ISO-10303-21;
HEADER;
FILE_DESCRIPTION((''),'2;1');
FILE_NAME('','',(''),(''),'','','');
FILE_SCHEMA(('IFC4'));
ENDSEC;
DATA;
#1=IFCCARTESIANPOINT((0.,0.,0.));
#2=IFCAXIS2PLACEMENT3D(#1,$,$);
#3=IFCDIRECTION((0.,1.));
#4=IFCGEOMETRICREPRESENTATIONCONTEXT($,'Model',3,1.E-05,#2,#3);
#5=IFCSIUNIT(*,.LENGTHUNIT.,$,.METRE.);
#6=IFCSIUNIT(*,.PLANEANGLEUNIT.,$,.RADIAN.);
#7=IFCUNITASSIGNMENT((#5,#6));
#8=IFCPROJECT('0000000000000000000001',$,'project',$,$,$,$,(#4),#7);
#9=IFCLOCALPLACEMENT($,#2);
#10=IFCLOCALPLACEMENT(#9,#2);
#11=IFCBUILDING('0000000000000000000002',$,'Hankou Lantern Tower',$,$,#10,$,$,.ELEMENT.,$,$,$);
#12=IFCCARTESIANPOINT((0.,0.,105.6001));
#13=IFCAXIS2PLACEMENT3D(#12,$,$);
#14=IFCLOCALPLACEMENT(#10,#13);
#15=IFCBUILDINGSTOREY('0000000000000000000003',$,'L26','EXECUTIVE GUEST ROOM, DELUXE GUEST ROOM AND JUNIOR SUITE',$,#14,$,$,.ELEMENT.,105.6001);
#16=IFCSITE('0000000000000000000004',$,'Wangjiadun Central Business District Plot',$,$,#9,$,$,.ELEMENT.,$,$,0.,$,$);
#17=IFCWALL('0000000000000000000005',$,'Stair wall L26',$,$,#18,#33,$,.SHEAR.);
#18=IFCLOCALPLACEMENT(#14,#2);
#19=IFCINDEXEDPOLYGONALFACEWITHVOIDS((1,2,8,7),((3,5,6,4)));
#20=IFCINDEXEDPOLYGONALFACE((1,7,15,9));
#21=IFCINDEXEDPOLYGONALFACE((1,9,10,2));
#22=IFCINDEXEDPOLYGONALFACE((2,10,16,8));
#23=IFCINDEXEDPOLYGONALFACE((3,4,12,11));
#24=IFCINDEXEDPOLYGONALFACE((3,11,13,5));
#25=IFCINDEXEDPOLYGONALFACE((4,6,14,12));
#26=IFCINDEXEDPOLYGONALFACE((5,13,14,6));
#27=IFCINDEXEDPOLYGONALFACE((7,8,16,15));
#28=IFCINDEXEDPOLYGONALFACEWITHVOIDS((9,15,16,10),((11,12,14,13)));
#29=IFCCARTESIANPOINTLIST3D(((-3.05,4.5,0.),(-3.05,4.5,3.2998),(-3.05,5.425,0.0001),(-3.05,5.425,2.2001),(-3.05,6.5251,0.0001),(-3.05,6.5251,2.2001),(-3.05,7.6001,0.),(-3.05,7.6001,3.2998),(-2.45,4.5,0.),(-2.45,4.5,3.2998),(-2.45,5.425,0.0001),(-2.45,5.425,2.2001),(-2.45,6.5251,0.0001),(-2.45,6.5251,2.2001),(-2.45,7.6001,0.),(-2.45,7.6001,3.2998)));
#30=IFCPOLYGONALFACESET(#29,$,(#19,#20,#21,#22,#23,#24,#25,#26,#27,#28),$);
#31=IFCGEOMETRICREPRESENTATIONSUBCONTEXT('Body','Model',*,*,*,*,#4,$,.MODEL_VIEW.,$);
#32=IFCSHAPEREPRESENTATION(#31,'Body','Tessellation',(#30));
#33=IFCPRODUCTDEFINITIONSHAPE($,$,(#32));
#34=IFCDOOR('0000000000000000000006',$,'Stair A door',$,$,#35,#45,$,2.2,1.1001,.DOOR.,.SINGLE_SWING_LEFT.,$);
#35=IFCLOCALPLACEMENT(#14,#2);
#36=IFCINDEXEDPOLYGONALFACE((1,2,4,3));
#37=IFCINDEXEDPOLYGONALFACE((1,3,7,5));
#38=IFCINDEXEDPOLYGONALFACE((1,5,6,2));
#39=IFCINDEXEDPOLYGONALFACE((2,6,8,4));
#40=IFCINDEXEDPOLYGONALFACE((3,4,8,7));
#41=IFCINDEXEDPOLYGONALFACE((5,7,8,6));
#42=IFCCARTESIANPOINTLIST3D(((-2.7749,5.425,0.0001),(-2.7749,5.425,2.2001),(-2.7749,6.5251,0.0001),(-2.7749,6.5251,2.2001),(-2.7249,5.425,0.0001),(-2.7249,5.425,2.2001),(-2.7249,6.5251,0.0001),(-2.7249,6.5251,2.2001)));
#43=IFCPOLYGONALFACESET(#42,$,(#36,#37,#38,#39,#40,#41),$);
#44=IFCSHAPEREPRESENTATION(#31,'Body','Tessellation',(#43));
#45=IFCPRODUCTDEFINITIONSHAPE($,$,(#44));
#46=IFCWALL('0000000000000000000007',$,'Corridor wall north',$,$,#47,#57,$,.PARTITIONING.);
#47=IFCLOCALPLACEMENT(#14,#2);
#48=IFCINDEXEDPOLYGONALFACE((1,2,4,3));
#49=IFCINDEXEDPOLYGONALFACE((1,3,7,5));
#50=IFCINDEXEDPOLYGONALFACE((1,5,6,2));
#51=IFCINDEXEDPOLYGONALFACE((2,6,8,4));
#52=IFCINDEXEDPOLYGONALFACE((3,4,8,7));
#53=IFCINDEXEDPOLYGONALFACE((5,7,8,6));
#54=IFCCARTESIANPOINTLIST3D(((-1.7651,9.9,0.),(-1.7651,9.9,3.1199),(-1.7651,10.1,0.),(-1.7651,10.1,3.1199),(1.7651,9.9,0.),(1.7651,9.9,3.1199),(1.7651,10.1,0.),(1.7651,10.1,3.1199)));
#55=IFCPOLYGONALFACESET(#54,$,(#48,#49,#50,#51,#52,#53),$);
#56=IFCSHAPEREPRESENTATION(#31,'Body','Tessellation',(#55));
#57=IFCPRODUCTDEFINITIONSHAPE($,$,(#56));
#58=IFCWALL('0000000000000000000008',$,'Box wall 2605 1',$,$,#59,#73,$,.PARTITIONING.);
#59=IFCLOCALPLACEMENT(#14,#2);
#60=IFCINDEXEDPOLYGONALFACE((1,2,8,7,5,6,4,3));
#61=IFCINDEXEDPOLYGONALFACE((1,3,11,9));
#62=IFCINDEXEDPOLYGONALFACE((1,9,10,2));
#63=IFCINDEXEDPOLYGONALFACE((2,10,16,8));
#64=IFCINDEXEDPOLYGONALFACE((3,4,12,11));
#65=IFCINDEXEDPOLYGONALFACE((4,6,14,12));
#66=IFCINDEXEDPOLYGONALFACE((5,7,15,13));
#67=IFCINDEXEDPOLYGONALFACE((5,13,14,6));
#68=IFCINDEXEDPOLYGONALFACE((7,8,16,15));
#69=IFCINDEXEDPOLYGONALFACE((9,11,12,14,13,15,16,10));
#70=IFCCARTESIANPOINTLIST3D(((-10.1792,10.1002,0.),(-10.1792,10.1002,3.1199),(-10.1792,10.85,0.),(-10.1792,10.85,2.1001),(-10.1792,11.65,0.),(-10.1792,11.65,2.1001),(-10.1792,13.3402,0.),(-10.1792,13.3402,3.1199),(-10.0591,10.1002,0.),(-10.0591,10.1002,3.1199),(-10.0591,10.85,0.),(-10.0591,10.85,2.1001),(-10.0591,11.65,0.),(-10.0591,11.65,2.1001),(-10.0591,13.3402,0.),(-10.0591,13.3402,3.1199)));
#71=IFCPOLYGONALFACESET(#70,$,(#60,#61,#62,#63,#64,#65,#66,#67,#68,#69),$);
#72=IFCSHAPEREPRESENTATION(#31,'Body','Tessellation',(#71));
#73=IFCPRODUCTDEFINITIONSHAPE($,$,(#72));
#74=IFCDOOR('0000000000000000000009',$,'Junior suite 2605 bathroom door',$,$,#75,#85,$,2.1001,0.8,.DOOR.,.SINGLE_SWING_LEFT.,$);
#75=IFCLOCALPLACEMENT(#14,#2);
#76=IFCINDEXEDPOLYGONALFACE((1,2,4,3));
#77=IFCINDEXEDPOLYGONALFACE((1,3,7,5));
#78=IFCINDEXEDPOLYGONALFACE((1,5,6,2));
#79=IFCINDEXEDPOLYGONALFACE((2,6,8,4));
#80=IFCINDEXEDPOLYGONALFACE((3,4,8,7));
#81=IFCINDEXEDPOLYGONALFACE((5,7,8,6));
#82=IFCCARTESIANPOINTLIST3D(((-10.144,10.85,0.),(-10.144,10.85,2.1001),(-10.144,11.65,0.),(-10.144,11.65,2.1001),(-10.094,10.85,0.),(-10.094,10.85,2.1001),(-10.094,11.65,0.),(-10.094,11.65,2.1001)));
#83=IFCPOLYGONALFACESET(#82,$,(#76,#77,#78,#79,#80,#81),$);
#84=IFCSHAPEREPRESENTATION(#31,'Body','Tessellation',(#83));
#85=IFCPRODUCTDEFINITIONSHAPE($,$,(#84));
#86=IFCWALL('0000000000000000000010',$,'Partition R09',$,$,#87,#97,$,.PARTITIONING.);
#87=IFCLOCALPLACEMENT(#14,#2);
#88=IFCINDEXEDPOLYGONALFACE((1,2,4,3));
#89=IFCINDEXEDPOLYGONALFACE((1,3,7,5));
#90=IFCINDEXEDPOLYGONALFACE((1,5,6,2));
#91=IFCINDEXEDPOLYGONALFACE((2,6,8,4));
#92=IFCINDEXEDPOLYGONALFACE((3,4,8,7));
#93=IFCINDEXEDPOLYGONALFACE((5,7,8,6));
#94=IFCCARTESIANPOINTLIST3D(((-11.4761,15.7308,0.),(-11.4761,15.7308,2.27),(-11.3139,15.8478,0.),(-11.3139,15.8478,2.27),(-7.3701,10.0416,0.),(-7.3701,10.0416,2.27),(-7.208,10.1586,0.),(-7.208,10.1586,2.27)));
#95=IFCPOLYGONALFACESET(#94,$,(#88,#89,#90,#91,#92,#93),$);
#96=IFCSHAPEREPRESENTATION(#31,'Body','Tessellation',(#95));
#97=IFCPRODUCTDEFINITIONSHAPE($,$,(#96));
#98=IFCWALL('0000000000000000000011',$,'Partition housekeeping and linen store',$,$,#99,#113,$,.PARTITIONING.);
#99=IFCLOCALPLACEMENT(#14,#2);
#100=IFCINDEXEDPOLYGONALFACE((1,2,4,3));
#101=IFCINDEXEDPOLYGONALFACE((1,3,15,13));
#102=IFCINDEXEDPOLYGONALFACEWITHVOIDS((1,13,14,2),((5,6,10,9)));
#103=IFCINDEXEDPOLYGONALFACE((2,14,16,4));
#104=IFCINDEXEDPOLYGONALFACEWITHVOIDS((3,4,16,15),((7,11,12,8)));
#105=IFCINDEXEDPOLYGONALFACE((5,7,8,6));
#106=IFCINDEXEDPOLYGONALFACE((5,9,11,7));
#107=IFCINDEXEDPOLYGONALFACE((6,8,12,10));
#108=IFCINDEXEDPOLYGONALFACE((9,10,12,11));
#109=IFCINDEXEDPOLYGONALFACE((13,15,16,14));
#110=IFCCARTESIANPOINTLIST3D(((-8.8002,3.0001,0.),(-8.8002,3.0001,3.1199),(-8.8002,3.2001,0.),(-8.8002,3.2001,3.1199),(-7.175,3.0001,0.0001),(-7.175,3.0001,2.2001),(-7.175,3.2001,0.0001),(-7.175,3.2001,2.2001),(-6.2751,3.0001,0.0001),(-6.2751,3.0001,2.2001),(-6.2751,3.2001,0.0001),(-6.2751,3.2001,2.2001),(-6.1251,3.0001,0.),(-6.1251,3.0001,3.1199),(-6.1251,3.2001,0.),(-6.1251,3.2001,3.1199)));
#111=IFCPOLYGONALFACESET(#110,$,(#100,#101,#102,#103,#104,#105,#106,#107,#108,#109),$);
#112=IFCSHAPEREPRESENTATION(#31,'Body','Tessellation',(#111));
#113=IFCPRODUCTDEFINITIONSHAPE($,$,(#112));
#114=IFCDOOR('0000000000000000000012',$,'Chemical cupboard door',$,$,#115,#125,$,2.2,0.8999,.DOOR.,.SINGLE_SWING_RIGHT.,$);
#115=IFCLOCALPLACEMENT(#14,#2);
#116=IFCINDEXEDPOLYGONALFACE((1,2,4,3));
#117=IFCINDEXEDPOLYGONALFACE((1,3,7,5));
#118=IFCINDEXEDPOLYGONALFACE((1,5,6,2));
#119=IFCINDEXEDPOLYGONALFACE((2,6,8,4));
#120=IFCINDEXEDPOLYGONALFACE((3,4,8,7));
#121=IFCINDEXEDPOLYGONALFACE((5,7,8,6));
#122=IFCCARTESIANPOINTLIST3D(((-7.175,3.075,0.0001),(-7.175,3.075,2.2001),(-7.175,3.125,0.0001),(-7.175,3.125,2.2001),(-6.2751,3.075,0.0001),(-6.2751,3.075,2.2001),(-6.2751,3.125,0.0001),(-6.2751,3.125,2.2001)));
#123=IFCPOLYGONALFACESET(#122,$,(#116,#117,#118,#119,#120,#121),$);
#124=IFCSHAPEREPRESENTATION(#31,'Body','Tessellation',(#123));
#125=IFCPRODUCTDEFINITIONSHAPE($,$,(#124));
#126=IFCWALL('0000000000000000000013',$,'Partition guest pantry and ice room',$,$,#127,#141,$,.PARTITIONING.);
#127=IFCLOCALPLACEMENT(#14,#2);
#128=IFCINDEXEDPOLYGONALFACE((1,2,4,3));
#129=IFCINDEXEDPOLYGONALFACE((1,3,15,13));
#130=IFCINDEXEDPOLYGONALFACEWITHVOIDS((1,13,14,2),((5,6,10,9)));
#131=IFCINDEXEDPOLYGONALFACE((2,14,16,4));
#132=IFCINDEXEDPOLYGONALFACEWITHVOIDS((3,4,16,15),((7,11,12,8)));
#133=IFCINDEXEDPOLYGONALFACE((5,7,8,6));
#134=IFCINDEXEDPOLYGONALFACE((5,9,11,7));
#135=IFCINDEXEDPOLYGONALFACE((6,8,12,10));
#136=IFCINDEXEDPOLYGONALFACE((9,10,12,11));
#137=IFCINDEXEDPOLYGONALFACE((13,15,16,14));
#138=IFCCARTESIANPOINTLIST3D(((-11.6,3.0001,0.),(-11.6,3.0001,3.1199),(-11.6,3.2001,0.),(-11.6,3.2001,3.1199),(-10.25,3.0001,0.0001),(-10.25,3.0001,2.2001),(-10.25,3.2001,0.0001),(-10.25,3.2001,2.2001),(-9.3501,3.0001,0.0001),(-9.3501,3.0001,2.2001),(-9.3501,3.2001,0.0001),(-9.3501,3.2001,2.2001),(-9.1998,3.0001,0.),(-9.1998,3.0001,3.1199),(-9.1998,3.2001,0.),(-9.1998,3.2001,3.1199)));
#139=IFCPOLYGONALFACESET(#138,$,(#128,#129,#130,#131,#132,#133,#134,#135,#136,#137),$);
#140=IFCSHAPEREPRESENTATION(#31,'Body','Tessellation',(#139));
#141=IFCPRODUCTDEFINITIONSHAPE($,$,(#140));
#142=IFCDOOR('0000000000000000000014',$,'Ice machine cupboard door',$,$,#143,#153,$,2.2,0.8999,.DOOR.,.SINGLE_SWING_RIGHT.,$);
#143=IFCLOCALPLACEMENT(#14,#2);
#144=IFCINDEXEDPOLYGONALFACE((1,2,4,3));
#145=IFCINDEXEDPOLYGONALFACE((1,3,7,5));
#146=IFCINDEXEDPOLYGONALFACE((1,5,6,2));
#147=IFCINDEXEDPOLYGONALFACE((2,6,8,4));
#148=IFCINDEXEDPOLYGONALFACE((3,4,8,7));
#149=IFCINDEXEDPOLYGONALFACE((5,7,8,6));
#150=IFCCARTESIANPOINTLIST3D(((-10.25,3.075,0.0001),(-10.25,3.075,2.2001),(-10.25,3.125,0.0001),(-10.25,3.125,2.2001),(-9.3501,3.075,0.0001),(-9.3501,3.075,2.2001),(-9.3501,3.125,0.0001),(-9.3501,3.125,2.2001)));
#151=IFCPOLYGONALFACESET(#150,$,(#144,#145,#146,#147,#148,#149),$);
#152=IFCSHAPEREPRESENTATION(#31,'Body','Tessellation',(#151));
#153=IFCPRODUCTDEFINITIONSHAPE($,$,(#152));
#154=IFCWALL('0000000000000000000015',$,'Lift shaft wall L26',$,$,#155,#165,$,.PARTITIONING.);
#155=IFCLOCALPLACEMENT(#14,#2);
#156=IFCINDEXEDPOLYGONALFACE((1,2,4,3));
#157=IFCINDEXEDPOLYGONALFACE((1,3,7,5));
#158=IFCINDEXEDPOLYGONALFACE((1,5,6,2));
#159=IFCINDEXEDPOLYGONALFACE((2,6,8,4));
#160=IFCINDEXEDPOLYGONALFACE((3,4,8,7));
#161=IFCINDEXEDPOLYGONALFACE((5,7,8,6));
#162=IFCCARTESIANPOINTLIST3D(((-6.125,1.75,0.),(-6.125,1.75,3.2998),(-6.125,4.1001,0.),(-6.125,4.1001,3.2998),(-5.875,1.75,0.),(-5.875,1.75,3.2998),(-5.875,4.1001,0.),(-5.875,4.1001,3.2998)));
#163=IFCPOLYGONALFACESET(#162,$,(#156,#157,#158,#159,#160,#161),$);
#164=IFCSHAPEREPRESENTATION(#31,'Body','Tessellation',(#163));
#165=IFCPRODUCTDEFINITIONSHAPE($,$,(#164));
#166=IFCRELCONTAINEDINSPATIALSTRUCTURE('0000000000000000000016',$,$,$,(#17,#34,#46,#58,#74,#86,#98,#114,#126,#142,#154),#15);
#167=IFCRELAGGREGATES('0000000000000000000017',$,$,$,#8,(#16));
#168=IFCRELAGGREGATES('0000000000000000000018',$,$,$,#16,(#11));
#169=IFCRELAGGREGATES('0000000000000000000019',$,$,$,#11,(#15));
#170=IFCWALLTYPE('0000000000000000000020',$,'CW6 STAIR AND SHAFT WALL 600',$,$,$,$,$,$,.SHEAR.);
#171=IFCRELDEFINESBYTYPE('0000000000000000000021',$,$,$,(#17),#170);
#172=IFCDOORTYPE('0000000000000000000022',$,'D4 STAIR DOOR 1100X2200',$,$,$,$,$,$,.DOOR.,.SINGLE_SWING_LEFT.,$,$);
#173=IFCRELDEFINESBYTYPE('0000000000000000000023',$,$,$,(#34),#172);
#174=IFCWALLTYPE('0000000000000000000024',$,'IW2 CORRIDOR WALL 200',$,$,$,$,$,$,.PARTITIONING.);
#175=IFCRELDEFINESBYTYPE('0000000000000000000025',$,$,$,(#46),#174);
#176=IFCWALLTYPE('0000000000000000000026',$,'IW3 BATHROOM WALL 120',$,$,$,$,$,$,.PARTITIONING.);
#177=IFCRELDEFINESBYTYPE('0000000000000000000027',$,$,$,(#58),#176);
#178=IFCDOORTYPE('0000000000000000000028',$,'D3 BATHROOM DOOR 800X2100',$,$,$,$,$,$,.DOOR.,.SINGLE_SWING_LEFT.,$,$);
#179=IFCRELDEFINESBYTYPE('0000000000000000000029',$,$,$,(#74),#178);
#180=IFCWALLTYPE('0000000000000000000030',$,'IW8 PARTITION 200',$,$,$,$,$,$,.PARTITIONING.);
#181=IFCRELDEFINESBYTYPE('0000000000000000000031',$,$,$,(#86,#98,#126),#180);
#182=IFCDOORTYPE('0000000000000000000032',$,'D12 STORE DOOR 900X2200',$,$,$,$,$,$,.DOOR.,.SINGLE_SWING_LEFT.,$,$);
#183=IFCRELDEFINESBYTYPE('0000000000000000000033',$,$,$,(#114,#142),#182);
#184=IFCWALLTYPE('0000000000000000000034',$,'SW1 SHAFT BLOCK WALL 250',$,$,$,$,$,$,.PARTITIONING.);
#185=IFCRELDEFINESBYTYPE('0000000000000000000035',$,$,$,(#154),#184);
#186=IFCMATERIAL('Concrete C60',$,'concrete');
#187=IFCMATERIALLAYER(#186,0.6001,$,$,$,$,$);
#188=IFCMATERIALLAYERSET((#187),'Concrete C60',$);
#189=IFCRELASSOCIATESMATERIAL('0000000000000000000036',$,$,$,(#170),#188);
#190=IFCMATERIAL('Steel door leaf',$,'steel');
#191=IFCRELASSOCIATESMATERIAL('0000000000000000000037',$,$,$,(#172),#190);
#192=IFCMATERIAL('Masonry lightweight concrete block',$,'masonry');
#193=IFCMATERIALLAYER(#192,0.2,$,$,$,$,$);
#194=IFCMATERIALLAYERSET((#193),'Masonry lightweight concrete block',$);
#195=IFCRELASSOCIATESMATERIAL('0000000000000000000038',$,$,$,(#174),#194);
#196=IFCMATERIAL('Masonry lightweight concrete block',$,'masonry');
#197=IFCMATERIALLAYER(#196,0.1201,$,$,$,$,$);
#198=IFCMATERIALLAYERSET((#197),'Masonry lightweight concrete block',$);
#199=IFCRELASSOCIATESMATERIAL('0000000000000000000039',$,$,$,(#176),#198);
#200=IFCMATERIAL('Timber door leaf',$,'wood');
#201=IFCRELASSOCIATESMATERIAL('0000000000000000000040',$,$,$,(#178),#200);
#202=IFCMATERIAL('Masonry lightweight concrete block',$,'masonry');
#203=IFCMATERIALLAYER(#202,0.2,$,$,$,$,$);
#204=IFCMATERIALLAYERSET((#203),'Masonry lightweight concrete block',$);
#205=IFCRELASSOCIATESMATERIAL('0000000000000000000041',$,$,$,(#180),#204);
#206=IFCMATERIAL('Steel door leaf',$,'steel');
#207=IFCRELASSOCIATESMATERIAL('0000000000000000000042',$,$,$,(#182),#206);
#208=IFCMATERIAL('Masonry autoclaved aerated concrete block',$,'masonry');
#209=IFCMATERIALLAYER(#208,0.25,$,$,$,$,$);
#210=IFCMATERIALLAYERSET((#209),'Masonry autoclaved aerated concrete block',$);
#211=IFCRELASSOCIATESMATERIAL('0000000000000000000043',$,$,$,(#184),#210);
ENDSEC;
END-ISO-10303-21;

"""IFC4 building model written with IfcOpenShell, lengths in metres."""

from ifc_helpers import new_model, si_unit, direction, frame, frame_2d, origin, place, context, subcontext, project, spatial, rectangle, extrude, material, layer, layer_set, type_object, element, fill, save


model = new_model("IFC4")

# Units and contexts
model_context = context("Model", 3, precision=1e-05, world=origin(), true_north=direction((0.0, 1.0)))
body_context = subcontext(model_context, "Body", "Model", "MODEL_VIEW")
ifc_project = project(units=[si_unit("LENGTHUNIT", "METRE"), si_unit("PLANEANGLEUNIT", "RADIAN")], contexts=[model_context])

# Site, building, storey
site_placement = place(None, origin())
site = spatial("IfcSite", under=ifc_project, at=site_placement, Name="Wangjiadun Central Business District Plot", CompositionType="ELEMENT", RefElevation=0.0)
building_placement = place(site_placement, origin())
building = spatial("IfcBuilding", under=site, at=building_placement, Name="Hankou Lantern Tower", CompositionType="ELEMENT")
storey_placement = place(building_placement, frame((0.0, 0.0, 105.6001)))
storey = spatial("IfcBuildingStorey", under=building, at=storey_placement, Name="L26", Description="EXECUTIVE GUEST ROOM, DELUXE GUEST ROOM AND JUNIOR SUITE", CompositionType="ELEMENT", Elevation=105.6001)

# Wall, opening, door
ifc_material_1 = material(Name="Concrete C60", Category="concrete")
ifc_layer_1 = layer(ifc_material_1, 0.6001)
ifc_layer_set_1 = layer_set([ifc_layer_1], Name="Concrete C60")
wall_type_1 = type_object("IfcWallType", Name="CW6 STAIR AND SHAFT WALL 600", PredefinedType="SHEAR", material=ifc_layer_set_1)
wall_1_placement = place(storey_placement, frame((-2.75, 4.5, 0.0), z_axis=(0.0, 0.0, 1.0), x_axis=(0.0, 1.0, 0.0)))
wall_1 = element("IfcWall", 1, at=wall_1_placement, inside=storey, type_object=wall_type_1, Name="Stair wall L26", PredefinedType="SHEAR", context=body_context, shape_type="SweptSolid", body=[
    extrude(rectangle(XDim=3.1001, YDim=0.6001, at=frame_2d((1.55, 0.0))), origin(), (0.0, 0.0, 1.0), 3.2998),
])
opening_1_placement = place(wall_1_placement, frame((0.925, 0.0, 0.0)))
opening_1 = element("IfcOpeningElement", 2, at=opening_1_placement, cuts=wall_1, PredefinedType="OPENING", context=body_context, shape_type="SweptSolid", body=[
    extrude(rectangle(XDim=1.1001, YDim=2.2, at=frame_2d((0.55, 1.1001))), frame((0.0, 0.3101, 0.0), z_axis=(0.0, -1.0, 0.0), x_axis=(1.0, 0.0, 0.0)), (0.0, 0.0, 1.0), 0.6201),
])
ifc_material_2 = material(Name="Steel door leaf", Category="steel")
door_type_1 = type_object("IfcDoorType", Name="D4 STAIR DOOR 1100X2200", OperationType="SINGLE_SWING_LEFT", PredefinedType="DOOR", material=ifc_material_2)
door_1_placement = place(opening_1_placement, origin())
door_1 = element("IfcDoor", 3, at=door_1_placement, inside=storey, type_object=door_type_1, Name="Stair A door", OperationType="SINGLE_SWING_LEFT", OverallHeight=2.2, OverallWidth=1.1001, PredefinedType="DOOR", context=body_context, shape_type="SweptSolid", body=[
    extrude(rectangle(XDim=1.1001, YDim=2.2, at=frame_2d((0.55, 1.1001))), frame((0.0, 0.0249, 0.0), z_axis=(0.0, -1.0, 0.0), x_axis=(1.0, 0.0, 0.0)), (0.0, 0.0, 1.0), 0.05),
])
fill(opening_1, door_1)

# Wall
ifc_material_3 = material(Name="Masonry lightweight concrete block", Category="masonry")
ifc_layer_2 = layer(ifc_material_3, 0.2)
ifc_layer_set_2 = layer_set([ifc_layer_2], Name="Masonry lightweight concrete block")
wall_type_2 = type_object("IfcWallType", Name="IW2 CORRIDOR WALL 200", PredefinedType="PARTITIONING", material=ifc_layer_set_2)
wall_2_placement = place(storey_placement, frame((-1.7651, 10.0, 0.0), z_axis=(0.0, 0.0, 1.0), x_axis=(1.0, 0.0, 0.0)))
element("IfcWall", 4, at=wall_2_placement, inside=storey, type_object=wall_type_2, Name="Corridor wall north", PredefinedType="PARTITIONING", context=body_context, shape_type="SweptSolid", body=[
    extrude(rectangle(XDim=3.5303, YDim=0.2, at=frame_2d((1.7651, 0.0))), origin(), (0.0, 0.0, 1.0), 3.1199),
])

# Wall, opening, door
ifc_material_4 = material(Name="Masonry lightweight concrete block", Category="masonry")
ifc_layer_3 = layer(ifc_material_4, 0.1201)
ifc_layer_set_3 = layer_set([ifc_layer_3], Name="Masonry lightweight concrete block")
wall_type_3 = type_object("IfcWallType", Name="IW3 BATHROOM WALL 120", PredefinedType="PARTITIONING", material=ifc_layer_set_3)
wall_3_placement = place(storey_placement, frame((-10.1191, 10.1001, 0.0), z_axis=(0.0, 0.0, 1.0), x_axis=(0.0, 1.0, 0.0)))
wall_3 = element("IfcWall", 5, at=wall_3_placement, inside=storey, type_object=wall_type_3, Name="Box wall 2605 1", PredefinedType="PARTITIONING", context=body_context, shape_type="SweptSolid", body=[
    extrude(rectangle(XDim=3.24, YDim=0.1201, at=frame_2d((1.6201, 0.0))), origin(), (0.0, 0.0, 1.0), 3.1199),
])
opening_2_placement = place(wall_3_placement, frame((0.75, 0.0, 0.0)))
opening_2 = element("IfcOpeningElement", 6, at=opening_2_placement, cuts=wall_3, PredefinedType="OPENING", context=body_context, shape_type="SweptSolid", body=[
    extrude(rectangle(XDim=0.8, YDim=2.1001, at=frame_2d((0.3999, 1.05))), frame((0.0, 0.0701, 0.0), z_axis=(0.0, -1.0, 0.0), x_axis=(1.0, 0.0, 0.0)), (0.0, 0.0, 1.0), 0.1401),
])
ifc_material_5 = material(Name="Timber door leaf", Category="wood")
door_type_2 = type_object("IfcDoorType", Name="D3 BATHROOM DOOR 800X2100", OperationType="SINGLE_SWING_LEFT", PredefinedType="DOOR", material=ifc_material_5)
door_2_placement = place(opening_2_placement, origin())
door_2 = element("IfcDoor", 7, at=door_2_placement, inside=storey, type_object=door_type_2, Name="Junior suite 2605 bathroom door", OperationType="SINGLE_SWING_LEFT", OverallHeight=2.1001, OverallWidth=0.8, PredefinedType="DOOR", context=body_context, shape_type="SweptSolid", body=[
    extrude(rectangle(XDim=0.8, YDim=2.1001, at=frame_2d((0.3999, 1.05))), frame((0.0, 0.0249, 0.0), z_axis=(0.0, -1.0, 0.0), x_axis=(1.0, 0.0, 0.0)), (0.0, 0.0, 1.0), 0.05),
])
fill(opening_2, door_2)

# Wall
ifc_material_6 = material(Name="Masonry lightweight concrete block", Category="masonry")
ifc_layer_4 = layer(ifc_material_6, 0.2)
ifc_layer_set_4 = layer_set([ifc_layer_4], Name="Masonry lightweight concrete block")
wall_type_4 = type_object("IfcWallType", Name="IW8 PARTITION 200", PredefinedType="PARTITIONING", material=ifc_layer_set_4)
wall_4_placement = place(storey_placement, frame((-7.2891, 10.1001, 0.0), z_axis=(0.0, 0.0, 1.0), x_axis=(-0.585217, 0.810876, 0.0)))
element("IfcWall", 8, at=wall_4_placement, inside=storey, type_object=wall_type_4, Name="Partition R09", PredefinedType="PARTITIONING", context=body_context, shape_type="SweptSolid", body=[
    extrude(rectangle(XDim=7.0161, YDim=0.2, at=frame_2d((3.5081, 0.0))), origin(), (0.0, 0.0, 1.0), 2.27),
])

# Walls, openings, doors
wall_5_placement = place(storey_placement, frame((-8.8, 3.1001, 0.0), z_axis=(0.0, 0.0, 1.0), x_axis=(1.0, 0.0, 0.0)))
wall_5 = element("IfcWall", 9, at=wall_5_placement, inside=storey, type_object=wall_type_4, Name="Partition housekeeping and linen store", PredefinedType="PARTITIONING", context=body_context, shape_type="SweptSolid", body=[
    extrude(rectangle(XDim=2.675, YDim=0.2, at=frame_2d((1.3374, 0.0))), origin(), (0.0, 0.0, 1.0), 3.1199),
])
opening_3_placement = place(wall_5_placement, frame((1.625, 0.0, 0.0)))
opening_3 = element("IfcOpeningElement", 10, at=opening_3_placement, cuts=wall_5, PredefinedType="OPENING", context=body_context, shape_type="SweptSolid", body=[
    extrude(rectangle(XDim=0.8999, YDim=2.2, at=frame_2d((0.45, 1.1001))), frame((0.0, 0.1099, 0.0), z_axis=(0.0, -1.0, 0.0), x_axis=(1.0, 0.0, 0.0)), (0.0, 0.0, 1.0), 0.22),
])
ifc_material_7 = material(Name="Steel door leaf", Category="steel")
door_type_3 = type_object("IfcDoorType", Name="D12 STORE DOOR 900X2200", OperationType="SINGLE_SWING_LEFT", PredefinedType="DOOR", material=ifc_material_7)
door_3_placement = place(opening_3_placement, origin())
door_3 = element("IfcDoor", 11, at=door_3_placement, inside=storey, type_object=door_type_3, Name="Chemical cupboard door", OperationType="SINGLE_SWING_RIGHT", OverallHeight=2.2, OverallWidth=0.8999, PredefinedType="DOOR", context=body_context, shape_type="SweptSolid", body=[
    extrude(rectangle(XDim=0.8999, YDim=2.2, at=frame_2d((0.45, 1.1001))), frame((0.0, 0.0249, 0.0), z_axis=(0.0, -1.0, 0.0), x_axis=(1.0, 0.0, 0.0)), (0.0, 0.0, 1.0), 0.05),
])
fill(opening_3, door_3)
wall_6_placement = place(storey_placement, frame((-11.6001, 3.1001, 0.0), z_axis=(0.0, 0.0, 1.0), x_axis=(1.0, 0.0, 0.0)))
wall_6 = element("IfcWall", 12, at=wall_6_placement, inside=storey, type_object=wall_type_4, Name="Partition guest pantry and ice room", PredefinedType="PARTITIONING", context=body_context, shape_type="SweptSolid", body=[
    extrude(rectangle(XDim=2.4001, YDim=0.2, at=frame_2d((1.2002, 0.0))), origin(), (0.0, 0.0, 1.0), 3.1199),
])
opening_4_placement = place(wall_6_placement, frame((1.3501, 0.0, 0.0)))
opening_4 = element("IfcOpeningElement", 13, at=opening_4_placement, cuts=wall_6, PredefinedType="OPENING", context=body_context, shape_type="SweptSolid", body=[
    extrude(rectangle(XDim=0.8999, YDim=2.2, at=frame_2d((0.45, 1.1001))), frame((0.0, 0.1099, 0.0), z_axis=(0.0, -1.0, 0.0), x_axis=(1.0, 0.0, 0.0)), (0.0, 0.0, 1.0), 0.22),
])
door_4_placement = place(opening_4_placement, origin())
door_4 = element("IfcDoor", 14, at=door_4_placement, inside=storey, type_object=door_type_3, Name="Ice machine cupboard door", OperationType="SINGLE_SWING_RIGHT", OverallHeight=2.2, OverallWidth=0.8999, PredefinedType="DOOR", context=body_context, shape_type="SweptSolid", body=[
    extrude(rectangle(XDim=0.8999, YDim=2.2, at=frame_2d((0.45, 1.1001))), frame((0.0, 0.0249, 0.0), z_axis=(0.0, -1.0, 0.0), x_axis=(1.0, 0.0, 0.0)), (0.0, 0.0, 1.0), 0.05),
])
fill(opening_4, door_4)

# Wall
ifc_material_8 = material(Name="Masonry autoclaved aerated concrete block", Category="masonry")
ifc_layer_5 = layer(ifc_material_8, 0.25)
ifc_layer_set_5 = layer_set([ifc_layer_5], Name="Masonry autoclaved aerated concrete block")
wall_type_5 = type_object("IfcWallType", Name="SW1 SHAFT BLOCK WALL 250", PredefinedType="PARTITIONING", material=ifc_layer_set_5)
for number, where, z_axis, x_axis, name in (
    (15, (-6.0, 1.75, 0.0), (0.0, 0.0, 1.0), (0.0, 1.0, 0.0), "Lift shaft wall L26"),
):
    element("IfcWall", number, at=place(storey_placement, frame(where, z_axis=z_axis, x_axis=x_axis)), inside=storey, type_object=wall_type_5, Name=name, PredefinedType="PARTITIONING", context=body_context, shape_type="SweptSolid", body=[
        extrude(rectangle(XDim=2.3501, YDim=0.25, at=frame_2d((1.175, 0.0))), origin(), (0.0, 0.0, 1.0), 3.2998),
    ])

save(model, "model.ifc")
